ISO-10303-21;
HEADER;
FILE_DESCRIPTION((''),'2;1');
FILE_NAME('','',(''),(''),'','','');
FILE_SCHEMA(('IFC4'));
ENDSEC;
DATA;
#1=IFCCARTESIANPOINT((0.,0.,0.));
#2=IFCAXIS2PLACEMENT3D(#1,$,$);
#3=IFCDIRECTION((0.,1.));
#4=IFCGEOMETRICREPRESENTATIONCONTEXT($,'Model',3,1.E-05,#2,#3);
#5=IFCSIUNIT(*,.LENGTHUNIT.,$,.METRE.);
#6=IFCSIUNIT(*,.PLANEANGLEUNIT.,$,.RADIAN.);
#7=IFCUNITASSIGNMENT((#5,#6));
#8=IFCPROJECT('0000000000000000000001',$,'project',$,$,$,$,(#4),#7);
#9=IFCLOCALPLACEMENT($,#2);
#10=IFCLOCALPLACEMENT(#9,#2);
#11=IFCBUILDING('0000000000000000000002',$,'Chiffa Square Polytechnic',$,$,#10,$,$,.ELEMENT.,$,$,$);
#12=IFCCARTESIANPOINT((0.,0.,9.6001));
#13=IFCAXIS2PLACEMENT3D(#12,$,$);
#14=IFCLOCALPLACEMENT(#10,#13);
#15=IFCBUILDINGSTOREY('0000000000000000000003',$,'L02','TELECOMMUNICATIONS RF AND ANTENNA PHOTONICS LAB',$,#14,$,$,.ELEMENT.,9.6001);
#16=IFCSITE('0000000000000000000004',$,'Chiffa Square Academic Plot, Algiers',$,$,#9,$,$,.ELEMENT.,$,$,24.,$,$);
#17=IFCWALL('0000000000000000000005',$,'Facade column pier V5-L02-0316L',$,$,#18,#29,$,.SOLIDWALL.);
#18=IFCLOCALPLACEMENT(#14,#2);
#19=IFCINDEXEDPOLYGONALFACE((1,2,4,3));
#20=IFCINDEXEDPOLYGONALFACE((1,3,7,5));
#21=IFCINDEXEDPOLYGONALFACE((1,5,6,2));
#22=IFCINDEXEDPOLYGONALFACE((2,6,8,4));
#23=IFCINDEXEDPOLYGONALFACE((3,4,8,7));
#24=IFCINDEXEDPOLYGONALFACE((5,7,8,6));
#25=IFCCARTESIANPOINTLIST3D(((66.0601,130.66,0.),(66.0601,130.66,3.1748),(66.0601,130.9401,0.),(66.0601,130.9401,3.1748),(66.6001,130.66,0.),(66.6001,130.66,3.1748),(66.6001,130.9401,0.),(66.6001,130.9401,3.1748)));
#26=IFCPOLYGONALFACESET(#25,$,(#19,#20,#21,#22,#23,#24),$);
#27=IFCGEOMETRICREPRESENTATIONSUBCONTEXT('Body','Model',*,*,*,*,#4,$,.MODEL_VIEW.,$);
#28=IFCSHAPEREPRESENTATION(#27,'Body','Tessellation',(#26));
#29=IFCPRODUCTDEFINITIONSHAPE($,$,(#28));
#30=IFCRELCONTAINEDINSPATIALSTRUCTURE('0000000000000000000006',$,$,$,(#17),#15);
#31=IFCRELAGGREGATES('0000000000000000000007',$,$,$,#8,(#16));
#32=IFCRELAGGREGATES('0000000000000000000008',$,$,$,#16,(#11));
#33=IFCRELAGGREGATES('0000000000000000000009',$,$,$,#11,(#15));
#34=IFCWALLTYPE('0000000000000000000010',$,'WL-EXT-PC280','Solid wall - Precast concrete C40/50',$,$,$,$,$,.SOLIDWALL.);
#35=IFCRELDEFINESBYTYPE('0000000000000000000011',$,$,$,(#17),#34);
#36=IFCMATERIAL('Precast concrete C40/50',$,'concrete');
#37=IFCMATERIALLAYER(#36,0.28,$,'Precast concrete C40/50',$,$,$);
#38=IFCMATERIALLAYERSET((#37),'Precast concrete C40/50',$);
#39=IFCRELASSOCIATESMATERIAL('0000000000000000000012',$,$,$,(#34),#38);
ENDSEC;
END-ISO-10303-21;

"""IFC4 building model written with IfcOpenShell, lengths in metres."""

from ifc_helpers import new_model, si_unit, direction, frame, frame_2d, origin, place, context, subcontext, project, spatial, rectangle, extrude, material, layer, layer_set, type_object, element, save


model = new_model("IFC4")

# Units and contexts
model_context = context("Model", 3, precision=1e-05, world=origin(), true_north=direction((0.0, 1.0)))
body_context = subcontext(model_context, "Body", "Model", "MODEL_VIEW")
ifc_project = project(units=[si_unit("LENGTHUNIT", "METRE"), si_unit("PLANEANGLEUNIT", "RADIAN")], contexts=[model_context])

# Site, building, storey
site_placement = place(None, origin())
site = spatial("IfcSite", under=ifc_project, at=site_placement, Name="Chiffa Square Academic Plot, Algiers", CompositionType="ELEMENT", RefElevation=24.0)
building_placement = place(site_placement, origin())
building = spatial("IfcBuilding", under=site, at=building_placement, Name="Chiffa Square Polytechnic", CompositionType="ELEMENT")
storey_placement = place(building_placement, frame((0.0, 0.0, 9.6001)))
storey = spatial("IfcBuildingStorey", under=building, at=storey_placement, Name="L02", Description="TELECOMMUNICATIONS RF AND ANTENNA PHOTONICS LAB", CompositionType="ELEMENT", Elevation=9.6001)

# Wall
ifc_material_1 = material(Name="Precast concrete C40/50", Category="concrete")
ifc_layer_1 = layer(ifc_material_1, 0.28, Name="Precast concrete C40/50")
ifc_layer_set_1 = layer_set([ifc_layer_1], Name="Precast concrete C40/50")
wall_type = type_object("IfcWallType", Name="WL-EXT-PC280", Description="Solid wall - Precast concrete C40/50", PredefinedType="SOLIDWALL", material=ifc_layer_set_1)
wall_placement = place(storey_placement, frame((66.6001, 130.8, 0.0), z_axis=(0.0, 0.0, 1.0), x_axis=(-1.0, 0.0, 0.0)))
element("IfcWall", 1, at=wall_placement, inside=storey, type_object=wall_type, Name="Facade column pier V5-L02-0316L", PredefinedType="SOLIDWALL", context=body_context, shape_type="SweptSolid", body=[
    extrude(rectangle(XDim=0.54, YDim=0.28, at=frame_2d((0.27, 0.0))), origin(), (0.0, 0.0, 1.0), 3.1748),
])

save(model, "model.ifc")
